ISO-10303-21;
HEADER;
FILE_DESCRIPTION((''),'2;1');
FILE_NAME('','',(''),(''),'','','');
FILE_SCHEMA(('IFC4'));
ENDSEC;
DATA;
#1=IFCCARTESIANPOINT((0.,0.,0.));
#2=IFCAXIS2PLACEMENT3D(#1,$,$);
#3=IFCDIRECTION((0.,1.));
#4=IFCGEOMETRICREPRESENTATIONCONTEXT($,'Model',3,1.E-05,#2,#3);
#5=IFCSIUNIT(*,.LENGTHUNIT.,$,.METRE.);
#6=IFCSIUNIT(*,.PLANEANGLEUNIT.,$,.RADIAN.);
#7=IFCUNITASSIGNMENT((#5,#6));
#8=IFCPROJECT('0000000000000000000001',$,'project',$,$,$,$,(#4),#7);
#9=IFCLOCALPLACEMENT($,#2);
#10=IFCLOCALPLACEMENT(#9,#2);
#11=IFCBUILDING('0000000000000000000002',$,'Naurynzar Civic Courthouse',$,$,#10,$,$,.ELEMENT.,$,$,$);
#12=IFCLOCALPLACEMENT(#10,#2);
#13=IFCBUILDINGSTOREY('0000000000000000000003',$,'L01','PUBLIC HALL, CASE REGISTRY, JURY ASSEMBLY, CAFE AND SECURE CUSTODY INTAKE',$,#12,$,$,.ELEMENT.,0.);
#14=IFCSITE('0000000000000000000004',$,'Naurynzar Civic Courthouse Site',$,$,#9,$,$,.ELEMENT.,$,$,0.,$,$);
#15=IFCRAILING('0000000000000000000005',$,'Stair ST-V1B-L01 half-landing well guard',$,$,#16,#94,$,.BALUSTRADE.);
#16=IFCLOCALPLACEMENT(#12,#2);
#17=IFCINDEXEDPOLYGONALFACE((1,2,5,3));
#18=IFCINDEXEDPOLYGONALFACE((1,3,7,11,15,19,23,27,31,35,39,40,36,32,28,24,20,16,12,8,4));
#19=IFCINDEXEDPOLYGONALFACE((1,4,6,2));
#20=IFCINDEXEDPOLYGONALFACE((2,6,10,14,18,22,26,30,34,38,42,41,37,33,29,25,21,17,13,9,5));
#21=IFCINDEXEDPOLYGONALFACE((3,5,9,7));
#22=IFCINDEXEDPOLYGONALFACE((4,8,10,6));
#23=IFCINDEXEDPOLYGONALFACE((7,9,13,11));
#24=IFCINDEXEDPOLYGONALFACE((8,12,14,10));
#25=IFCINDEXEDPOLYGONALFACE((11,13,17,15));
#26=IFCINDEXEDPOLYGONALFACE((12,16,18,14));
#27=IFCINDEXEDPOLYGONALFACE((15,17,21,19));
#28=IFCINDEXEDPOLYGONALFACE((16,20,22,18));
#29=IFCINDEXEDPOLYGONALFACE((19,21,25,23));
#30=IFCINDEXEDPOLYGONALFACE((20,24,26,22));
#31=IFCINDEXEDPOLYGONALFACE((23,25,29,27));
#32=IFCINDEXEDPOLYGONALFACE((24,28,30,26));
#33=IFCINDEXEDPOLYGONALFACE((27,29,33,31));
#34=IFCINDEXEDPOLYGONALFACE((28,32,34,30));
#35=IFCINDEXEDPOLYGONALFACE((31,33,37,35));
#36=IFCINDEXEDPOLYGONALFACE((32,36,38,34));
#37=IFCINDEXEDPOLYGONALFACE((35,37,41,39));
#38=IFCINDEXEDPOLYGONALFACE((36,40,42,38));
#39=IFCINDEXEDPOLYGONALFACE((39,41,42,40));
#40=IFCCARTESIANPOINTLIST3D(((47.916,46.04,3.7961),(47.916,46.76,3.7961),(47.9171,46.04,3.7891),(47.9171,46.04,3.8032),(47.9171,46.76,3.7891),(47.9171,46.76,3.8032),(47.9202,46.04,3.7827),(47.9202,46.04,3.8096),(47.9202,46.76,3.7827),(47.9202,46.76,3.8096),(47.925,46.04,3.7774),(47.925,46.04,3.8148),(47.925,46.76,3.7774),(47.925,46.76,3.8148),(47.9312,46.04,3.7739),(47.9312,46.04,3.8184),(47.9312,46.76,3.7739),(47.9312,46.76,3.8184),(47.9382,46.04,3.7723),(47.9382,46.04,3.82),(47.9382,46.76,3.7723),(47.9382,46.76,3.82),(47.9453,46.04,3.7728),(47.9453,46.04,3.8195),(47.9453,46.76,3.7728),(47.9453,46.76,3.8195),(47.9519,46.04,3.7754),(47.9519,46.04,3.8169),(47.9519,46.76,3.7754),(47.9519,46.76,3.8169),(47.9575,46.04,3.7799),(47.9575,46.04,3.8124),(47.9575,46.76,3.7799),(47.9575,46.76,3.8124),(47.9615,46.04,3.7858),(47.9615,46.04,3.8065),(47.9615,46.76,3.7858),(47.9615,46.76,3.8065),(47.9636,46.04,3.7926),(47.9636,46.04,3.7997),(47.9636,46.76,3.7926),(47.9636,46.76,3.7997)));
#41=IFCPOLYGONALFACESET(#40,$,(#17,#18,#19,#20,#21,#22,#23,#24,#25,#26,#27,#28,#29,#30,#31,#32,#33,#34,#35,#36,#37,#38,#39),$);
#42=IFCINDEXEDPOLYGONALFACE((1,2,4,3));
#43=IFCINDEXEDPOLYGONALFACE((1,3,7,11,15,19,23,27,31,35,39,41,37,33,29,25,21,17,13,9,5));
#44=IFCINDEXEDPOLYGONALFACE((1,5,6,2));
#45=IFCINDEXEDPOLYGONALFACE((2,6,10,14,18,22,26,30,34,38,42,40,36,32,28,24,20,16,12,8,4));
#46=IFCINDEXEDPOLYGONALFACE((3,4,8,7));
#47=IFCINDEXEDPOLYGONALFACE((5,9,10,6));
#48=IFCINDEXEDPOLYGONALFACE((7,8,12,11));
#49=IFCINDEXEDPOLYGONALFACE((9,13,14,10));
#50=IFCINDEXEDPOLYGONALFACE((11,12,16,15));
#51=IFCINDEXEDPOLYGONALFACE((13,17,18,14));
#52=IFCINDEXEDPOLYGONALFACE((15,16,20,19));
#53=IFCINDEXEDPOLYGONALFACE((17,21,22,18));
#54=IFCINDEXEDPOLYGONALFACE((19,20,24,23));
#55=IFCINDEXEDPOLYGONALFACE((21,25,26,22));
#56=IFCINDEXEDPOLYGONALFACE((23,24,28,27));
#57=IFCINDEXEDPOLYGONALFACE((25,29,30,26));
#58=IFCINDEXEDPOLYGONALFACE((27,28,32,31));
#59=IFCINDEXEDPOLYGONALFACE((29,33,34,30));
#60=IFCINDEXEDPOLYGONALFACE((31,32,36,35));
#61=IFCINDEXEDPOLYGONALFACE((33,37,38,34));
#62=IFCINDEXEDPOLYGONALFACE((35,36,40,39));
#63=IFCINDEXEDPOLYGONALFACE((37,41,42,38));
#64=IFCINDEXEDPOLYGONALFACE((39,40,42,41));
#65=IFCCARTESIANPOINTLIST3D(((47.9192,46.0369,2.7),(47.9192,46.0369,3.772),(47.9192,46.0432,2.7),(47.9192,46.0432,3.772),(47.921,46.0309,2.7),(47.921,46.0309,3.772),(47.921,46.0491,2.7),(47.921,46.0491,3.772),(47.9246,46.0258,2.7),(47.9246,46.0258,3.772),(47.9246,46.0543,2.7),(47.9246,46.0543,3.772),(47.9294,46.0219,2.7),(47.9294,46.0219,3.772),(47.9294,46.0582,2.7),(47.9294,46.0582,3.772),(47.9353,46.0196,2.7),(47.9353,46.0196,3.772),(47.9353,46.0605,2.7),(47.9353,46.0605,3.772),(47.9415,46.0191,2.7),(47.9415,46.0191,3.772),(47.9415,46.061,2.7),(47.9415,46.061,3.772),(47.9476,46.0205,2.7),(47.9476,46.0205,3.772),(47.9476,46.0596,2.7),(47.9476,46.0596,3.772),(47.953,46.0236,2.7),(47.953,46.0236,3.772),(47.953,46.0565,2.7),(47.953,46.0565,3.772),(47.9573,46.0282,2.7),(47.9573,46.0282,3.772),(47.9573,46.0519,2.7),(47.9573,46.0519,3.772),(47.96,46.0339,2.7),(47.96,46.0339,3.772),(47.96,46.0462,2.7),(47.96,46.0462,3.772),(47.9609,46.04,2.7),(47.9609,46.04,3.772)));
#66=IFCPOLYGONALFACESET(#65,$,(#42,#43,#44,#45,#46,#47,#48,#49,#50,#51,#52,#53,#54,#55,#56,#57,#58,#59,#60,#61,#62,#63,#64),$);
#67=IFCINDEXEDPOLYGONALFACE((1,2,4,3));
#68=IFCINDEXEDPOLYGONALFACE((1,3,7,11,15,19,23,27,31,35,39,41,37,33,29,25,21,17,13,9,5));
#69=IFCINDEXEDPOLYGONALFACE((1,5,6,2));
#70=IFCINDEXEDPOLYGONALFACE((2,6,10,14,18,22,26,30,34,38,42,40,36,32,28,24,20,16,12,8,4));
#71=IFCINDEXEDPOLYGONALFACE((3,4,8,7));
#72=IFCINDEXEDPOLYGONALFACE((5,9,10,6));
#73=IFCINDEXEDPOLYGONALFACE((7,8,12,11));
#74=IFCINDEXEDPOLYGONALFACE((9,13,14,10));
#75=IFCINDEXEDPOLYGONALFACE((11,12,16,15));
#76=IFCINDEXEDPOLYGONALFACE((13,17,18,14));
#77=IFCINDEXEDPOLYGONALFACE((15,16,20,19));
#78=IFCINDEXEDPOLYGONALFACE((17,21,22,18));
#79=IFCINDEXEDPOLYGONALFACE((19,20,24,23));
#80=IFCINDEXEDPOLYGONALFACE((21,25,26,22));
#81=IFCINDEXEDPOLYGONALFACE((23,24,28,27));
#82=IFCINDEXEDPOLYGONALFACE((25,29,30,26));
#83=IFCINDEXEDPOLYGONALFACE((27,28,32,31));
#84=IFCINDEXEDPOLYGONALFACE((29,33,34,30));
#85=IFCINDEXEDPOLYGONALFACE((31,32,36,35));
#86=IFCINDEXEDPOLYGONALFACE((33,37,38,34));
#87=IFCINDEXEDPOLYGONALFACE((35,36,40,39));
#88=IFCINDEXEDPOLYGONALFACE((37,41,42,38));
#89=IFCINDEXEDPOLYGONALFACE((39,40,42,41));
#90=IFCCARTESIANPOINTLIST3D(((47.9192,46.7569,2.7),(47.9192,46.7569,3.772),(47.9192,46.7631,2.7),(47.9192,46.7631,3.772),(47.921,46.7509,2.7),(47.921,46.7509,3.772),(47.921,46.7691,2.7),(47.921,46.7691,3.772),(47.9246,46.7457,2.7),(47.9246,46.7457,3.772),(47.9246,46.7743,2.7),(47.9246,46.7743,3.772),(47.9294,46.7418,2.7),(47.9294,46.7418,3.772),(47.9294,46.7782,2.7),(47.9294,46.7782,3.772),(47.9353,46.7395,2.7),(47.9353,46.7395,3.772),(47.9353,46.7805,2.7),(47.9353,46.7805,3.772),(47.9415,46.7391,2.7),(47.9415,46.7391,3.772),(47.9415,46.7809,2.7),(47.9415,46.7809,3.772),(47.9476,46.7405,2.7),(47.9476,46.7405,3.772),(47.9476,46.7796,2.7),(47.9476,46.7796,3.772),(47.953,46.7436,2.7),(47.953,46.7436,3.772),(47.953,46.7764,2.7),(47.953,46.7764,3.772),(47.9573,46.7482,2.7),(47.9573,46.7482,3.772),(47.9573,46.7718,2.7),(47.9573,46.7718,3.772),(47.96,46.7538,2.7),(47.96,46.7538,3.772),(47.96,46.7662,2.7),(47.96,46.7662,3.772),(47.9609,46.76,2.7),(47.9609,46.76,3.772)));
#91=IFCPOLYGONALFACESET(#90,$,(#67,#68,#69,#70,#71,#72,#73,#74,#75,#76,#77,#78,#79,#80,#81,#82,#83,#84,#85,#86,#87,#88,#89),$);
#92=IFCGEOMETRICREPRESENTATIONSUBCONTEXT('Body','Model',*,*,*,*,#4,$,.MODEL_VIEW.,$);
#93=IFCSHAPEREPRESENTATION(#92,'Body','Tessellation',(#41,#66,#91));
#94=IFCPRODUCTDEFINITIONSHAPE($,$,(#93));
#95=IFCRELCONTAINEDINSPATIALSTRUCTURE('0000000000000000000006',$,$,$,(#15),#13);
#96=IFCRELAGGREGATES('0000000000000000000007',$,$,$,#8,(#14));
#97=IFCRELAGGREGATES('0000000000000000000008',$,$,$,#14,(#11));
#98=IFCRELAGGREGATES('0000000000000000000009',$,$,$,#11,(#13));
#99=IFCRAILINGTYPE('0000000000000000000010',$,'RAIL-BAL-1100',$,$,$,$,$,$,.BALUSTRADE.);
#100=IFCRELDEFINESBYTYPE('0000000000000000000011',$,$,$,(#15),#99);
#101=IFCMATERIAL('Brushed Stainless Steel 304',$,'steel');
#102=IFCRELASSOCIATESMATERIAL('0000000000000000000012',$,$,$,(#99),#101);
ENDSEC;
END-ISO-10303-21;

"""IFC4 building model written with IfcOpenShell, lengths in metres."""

from ifc_helpers import new_model, si_unit, direction, frame, origin, origin_2d, place, context, subcontext, project, spatial, circle, extrude, material, type_object, element, save


model = new_model("IFC4")

# Units and contexts
model_context = context("Model", 3, precision=1e-05, world=origin(), true_north=direction((0.0, 1.0)))
body_context = subcontext(model_context, "Body", "Model", "MODEL_VIEW")
ifc_project = project(units=[si_unit("LENGTHUNIT", "METRE"), si_unit("PLANEANGLEUNIT", "RADIAN")], contexts=[model_context])

# Site, building, storey
site_placement = place(None, origin())
site = spatial("IfcSite", under=ifc_project, at=site_placement, Name="Naurynzar Civic Courthouse Site", CompositionType="ELEMENT", RefElevation=0.0)
building_placement = place(site_placement, origin())
building = spatial("IfcBuilding", under=site, at=building_placement, Name="Naurynzar Civic Courthouse", CompositionType="ELEMENT")
storey_placement = place(building_placement, origin())
storey = spatial("IfcBuildingStorey", under=building, at=storey_placement, Name="L01", Description="PUBLIC HALL, CASE REGISTRY, JURY ASSEMBLY, CAFE AND SECURE CUSTODY INTAKE", CompositionType="ELEMENT", Elevation=0.0)

# Railing
ifc_material_1 = material(Name="Brushed Stainless Steel 304", Category="steel")
railing_type_1 = type_object("IfcRailingType", Name="RAIL-BAL-1100", PredefinedType="BALUSTRADE", material=ifc_material_1)
for number, where, name in (
    (1, (47.9399, 46.04, 2.7), "Stair ST-V1B-L01 half-landing well guard"),
):
    element("IfcRailing", number, at=place(storey_placement, frame(where)), inside=storey, type_object=railing_type_1, Name=name, PredefinedType="BALUSTRADE", context=body_context, shape_type="SweptSolid", body=[
        extrude(circle(Radius=0.0239, at=origin_2d()), frame((0.0, 0.0, 1.0962), z_axis=(0.0, 1.0, 0.0), x_axis=(-1.0, 0.0, 0.0)), (0.0, 0.0, 1.0), 0.72),
        extrude(circle(Radius=0.021, at=origin_2d()), origin(), (0.0, 0.0, 1.0), 1.072),
        extrude(circle(Radius=0.021, at=origin_2d()), frame((0.0, 0.72, 0.0)), (0.0, 0.0, 1.0), 1.072),
    ])

save(model, "model.ifc")
